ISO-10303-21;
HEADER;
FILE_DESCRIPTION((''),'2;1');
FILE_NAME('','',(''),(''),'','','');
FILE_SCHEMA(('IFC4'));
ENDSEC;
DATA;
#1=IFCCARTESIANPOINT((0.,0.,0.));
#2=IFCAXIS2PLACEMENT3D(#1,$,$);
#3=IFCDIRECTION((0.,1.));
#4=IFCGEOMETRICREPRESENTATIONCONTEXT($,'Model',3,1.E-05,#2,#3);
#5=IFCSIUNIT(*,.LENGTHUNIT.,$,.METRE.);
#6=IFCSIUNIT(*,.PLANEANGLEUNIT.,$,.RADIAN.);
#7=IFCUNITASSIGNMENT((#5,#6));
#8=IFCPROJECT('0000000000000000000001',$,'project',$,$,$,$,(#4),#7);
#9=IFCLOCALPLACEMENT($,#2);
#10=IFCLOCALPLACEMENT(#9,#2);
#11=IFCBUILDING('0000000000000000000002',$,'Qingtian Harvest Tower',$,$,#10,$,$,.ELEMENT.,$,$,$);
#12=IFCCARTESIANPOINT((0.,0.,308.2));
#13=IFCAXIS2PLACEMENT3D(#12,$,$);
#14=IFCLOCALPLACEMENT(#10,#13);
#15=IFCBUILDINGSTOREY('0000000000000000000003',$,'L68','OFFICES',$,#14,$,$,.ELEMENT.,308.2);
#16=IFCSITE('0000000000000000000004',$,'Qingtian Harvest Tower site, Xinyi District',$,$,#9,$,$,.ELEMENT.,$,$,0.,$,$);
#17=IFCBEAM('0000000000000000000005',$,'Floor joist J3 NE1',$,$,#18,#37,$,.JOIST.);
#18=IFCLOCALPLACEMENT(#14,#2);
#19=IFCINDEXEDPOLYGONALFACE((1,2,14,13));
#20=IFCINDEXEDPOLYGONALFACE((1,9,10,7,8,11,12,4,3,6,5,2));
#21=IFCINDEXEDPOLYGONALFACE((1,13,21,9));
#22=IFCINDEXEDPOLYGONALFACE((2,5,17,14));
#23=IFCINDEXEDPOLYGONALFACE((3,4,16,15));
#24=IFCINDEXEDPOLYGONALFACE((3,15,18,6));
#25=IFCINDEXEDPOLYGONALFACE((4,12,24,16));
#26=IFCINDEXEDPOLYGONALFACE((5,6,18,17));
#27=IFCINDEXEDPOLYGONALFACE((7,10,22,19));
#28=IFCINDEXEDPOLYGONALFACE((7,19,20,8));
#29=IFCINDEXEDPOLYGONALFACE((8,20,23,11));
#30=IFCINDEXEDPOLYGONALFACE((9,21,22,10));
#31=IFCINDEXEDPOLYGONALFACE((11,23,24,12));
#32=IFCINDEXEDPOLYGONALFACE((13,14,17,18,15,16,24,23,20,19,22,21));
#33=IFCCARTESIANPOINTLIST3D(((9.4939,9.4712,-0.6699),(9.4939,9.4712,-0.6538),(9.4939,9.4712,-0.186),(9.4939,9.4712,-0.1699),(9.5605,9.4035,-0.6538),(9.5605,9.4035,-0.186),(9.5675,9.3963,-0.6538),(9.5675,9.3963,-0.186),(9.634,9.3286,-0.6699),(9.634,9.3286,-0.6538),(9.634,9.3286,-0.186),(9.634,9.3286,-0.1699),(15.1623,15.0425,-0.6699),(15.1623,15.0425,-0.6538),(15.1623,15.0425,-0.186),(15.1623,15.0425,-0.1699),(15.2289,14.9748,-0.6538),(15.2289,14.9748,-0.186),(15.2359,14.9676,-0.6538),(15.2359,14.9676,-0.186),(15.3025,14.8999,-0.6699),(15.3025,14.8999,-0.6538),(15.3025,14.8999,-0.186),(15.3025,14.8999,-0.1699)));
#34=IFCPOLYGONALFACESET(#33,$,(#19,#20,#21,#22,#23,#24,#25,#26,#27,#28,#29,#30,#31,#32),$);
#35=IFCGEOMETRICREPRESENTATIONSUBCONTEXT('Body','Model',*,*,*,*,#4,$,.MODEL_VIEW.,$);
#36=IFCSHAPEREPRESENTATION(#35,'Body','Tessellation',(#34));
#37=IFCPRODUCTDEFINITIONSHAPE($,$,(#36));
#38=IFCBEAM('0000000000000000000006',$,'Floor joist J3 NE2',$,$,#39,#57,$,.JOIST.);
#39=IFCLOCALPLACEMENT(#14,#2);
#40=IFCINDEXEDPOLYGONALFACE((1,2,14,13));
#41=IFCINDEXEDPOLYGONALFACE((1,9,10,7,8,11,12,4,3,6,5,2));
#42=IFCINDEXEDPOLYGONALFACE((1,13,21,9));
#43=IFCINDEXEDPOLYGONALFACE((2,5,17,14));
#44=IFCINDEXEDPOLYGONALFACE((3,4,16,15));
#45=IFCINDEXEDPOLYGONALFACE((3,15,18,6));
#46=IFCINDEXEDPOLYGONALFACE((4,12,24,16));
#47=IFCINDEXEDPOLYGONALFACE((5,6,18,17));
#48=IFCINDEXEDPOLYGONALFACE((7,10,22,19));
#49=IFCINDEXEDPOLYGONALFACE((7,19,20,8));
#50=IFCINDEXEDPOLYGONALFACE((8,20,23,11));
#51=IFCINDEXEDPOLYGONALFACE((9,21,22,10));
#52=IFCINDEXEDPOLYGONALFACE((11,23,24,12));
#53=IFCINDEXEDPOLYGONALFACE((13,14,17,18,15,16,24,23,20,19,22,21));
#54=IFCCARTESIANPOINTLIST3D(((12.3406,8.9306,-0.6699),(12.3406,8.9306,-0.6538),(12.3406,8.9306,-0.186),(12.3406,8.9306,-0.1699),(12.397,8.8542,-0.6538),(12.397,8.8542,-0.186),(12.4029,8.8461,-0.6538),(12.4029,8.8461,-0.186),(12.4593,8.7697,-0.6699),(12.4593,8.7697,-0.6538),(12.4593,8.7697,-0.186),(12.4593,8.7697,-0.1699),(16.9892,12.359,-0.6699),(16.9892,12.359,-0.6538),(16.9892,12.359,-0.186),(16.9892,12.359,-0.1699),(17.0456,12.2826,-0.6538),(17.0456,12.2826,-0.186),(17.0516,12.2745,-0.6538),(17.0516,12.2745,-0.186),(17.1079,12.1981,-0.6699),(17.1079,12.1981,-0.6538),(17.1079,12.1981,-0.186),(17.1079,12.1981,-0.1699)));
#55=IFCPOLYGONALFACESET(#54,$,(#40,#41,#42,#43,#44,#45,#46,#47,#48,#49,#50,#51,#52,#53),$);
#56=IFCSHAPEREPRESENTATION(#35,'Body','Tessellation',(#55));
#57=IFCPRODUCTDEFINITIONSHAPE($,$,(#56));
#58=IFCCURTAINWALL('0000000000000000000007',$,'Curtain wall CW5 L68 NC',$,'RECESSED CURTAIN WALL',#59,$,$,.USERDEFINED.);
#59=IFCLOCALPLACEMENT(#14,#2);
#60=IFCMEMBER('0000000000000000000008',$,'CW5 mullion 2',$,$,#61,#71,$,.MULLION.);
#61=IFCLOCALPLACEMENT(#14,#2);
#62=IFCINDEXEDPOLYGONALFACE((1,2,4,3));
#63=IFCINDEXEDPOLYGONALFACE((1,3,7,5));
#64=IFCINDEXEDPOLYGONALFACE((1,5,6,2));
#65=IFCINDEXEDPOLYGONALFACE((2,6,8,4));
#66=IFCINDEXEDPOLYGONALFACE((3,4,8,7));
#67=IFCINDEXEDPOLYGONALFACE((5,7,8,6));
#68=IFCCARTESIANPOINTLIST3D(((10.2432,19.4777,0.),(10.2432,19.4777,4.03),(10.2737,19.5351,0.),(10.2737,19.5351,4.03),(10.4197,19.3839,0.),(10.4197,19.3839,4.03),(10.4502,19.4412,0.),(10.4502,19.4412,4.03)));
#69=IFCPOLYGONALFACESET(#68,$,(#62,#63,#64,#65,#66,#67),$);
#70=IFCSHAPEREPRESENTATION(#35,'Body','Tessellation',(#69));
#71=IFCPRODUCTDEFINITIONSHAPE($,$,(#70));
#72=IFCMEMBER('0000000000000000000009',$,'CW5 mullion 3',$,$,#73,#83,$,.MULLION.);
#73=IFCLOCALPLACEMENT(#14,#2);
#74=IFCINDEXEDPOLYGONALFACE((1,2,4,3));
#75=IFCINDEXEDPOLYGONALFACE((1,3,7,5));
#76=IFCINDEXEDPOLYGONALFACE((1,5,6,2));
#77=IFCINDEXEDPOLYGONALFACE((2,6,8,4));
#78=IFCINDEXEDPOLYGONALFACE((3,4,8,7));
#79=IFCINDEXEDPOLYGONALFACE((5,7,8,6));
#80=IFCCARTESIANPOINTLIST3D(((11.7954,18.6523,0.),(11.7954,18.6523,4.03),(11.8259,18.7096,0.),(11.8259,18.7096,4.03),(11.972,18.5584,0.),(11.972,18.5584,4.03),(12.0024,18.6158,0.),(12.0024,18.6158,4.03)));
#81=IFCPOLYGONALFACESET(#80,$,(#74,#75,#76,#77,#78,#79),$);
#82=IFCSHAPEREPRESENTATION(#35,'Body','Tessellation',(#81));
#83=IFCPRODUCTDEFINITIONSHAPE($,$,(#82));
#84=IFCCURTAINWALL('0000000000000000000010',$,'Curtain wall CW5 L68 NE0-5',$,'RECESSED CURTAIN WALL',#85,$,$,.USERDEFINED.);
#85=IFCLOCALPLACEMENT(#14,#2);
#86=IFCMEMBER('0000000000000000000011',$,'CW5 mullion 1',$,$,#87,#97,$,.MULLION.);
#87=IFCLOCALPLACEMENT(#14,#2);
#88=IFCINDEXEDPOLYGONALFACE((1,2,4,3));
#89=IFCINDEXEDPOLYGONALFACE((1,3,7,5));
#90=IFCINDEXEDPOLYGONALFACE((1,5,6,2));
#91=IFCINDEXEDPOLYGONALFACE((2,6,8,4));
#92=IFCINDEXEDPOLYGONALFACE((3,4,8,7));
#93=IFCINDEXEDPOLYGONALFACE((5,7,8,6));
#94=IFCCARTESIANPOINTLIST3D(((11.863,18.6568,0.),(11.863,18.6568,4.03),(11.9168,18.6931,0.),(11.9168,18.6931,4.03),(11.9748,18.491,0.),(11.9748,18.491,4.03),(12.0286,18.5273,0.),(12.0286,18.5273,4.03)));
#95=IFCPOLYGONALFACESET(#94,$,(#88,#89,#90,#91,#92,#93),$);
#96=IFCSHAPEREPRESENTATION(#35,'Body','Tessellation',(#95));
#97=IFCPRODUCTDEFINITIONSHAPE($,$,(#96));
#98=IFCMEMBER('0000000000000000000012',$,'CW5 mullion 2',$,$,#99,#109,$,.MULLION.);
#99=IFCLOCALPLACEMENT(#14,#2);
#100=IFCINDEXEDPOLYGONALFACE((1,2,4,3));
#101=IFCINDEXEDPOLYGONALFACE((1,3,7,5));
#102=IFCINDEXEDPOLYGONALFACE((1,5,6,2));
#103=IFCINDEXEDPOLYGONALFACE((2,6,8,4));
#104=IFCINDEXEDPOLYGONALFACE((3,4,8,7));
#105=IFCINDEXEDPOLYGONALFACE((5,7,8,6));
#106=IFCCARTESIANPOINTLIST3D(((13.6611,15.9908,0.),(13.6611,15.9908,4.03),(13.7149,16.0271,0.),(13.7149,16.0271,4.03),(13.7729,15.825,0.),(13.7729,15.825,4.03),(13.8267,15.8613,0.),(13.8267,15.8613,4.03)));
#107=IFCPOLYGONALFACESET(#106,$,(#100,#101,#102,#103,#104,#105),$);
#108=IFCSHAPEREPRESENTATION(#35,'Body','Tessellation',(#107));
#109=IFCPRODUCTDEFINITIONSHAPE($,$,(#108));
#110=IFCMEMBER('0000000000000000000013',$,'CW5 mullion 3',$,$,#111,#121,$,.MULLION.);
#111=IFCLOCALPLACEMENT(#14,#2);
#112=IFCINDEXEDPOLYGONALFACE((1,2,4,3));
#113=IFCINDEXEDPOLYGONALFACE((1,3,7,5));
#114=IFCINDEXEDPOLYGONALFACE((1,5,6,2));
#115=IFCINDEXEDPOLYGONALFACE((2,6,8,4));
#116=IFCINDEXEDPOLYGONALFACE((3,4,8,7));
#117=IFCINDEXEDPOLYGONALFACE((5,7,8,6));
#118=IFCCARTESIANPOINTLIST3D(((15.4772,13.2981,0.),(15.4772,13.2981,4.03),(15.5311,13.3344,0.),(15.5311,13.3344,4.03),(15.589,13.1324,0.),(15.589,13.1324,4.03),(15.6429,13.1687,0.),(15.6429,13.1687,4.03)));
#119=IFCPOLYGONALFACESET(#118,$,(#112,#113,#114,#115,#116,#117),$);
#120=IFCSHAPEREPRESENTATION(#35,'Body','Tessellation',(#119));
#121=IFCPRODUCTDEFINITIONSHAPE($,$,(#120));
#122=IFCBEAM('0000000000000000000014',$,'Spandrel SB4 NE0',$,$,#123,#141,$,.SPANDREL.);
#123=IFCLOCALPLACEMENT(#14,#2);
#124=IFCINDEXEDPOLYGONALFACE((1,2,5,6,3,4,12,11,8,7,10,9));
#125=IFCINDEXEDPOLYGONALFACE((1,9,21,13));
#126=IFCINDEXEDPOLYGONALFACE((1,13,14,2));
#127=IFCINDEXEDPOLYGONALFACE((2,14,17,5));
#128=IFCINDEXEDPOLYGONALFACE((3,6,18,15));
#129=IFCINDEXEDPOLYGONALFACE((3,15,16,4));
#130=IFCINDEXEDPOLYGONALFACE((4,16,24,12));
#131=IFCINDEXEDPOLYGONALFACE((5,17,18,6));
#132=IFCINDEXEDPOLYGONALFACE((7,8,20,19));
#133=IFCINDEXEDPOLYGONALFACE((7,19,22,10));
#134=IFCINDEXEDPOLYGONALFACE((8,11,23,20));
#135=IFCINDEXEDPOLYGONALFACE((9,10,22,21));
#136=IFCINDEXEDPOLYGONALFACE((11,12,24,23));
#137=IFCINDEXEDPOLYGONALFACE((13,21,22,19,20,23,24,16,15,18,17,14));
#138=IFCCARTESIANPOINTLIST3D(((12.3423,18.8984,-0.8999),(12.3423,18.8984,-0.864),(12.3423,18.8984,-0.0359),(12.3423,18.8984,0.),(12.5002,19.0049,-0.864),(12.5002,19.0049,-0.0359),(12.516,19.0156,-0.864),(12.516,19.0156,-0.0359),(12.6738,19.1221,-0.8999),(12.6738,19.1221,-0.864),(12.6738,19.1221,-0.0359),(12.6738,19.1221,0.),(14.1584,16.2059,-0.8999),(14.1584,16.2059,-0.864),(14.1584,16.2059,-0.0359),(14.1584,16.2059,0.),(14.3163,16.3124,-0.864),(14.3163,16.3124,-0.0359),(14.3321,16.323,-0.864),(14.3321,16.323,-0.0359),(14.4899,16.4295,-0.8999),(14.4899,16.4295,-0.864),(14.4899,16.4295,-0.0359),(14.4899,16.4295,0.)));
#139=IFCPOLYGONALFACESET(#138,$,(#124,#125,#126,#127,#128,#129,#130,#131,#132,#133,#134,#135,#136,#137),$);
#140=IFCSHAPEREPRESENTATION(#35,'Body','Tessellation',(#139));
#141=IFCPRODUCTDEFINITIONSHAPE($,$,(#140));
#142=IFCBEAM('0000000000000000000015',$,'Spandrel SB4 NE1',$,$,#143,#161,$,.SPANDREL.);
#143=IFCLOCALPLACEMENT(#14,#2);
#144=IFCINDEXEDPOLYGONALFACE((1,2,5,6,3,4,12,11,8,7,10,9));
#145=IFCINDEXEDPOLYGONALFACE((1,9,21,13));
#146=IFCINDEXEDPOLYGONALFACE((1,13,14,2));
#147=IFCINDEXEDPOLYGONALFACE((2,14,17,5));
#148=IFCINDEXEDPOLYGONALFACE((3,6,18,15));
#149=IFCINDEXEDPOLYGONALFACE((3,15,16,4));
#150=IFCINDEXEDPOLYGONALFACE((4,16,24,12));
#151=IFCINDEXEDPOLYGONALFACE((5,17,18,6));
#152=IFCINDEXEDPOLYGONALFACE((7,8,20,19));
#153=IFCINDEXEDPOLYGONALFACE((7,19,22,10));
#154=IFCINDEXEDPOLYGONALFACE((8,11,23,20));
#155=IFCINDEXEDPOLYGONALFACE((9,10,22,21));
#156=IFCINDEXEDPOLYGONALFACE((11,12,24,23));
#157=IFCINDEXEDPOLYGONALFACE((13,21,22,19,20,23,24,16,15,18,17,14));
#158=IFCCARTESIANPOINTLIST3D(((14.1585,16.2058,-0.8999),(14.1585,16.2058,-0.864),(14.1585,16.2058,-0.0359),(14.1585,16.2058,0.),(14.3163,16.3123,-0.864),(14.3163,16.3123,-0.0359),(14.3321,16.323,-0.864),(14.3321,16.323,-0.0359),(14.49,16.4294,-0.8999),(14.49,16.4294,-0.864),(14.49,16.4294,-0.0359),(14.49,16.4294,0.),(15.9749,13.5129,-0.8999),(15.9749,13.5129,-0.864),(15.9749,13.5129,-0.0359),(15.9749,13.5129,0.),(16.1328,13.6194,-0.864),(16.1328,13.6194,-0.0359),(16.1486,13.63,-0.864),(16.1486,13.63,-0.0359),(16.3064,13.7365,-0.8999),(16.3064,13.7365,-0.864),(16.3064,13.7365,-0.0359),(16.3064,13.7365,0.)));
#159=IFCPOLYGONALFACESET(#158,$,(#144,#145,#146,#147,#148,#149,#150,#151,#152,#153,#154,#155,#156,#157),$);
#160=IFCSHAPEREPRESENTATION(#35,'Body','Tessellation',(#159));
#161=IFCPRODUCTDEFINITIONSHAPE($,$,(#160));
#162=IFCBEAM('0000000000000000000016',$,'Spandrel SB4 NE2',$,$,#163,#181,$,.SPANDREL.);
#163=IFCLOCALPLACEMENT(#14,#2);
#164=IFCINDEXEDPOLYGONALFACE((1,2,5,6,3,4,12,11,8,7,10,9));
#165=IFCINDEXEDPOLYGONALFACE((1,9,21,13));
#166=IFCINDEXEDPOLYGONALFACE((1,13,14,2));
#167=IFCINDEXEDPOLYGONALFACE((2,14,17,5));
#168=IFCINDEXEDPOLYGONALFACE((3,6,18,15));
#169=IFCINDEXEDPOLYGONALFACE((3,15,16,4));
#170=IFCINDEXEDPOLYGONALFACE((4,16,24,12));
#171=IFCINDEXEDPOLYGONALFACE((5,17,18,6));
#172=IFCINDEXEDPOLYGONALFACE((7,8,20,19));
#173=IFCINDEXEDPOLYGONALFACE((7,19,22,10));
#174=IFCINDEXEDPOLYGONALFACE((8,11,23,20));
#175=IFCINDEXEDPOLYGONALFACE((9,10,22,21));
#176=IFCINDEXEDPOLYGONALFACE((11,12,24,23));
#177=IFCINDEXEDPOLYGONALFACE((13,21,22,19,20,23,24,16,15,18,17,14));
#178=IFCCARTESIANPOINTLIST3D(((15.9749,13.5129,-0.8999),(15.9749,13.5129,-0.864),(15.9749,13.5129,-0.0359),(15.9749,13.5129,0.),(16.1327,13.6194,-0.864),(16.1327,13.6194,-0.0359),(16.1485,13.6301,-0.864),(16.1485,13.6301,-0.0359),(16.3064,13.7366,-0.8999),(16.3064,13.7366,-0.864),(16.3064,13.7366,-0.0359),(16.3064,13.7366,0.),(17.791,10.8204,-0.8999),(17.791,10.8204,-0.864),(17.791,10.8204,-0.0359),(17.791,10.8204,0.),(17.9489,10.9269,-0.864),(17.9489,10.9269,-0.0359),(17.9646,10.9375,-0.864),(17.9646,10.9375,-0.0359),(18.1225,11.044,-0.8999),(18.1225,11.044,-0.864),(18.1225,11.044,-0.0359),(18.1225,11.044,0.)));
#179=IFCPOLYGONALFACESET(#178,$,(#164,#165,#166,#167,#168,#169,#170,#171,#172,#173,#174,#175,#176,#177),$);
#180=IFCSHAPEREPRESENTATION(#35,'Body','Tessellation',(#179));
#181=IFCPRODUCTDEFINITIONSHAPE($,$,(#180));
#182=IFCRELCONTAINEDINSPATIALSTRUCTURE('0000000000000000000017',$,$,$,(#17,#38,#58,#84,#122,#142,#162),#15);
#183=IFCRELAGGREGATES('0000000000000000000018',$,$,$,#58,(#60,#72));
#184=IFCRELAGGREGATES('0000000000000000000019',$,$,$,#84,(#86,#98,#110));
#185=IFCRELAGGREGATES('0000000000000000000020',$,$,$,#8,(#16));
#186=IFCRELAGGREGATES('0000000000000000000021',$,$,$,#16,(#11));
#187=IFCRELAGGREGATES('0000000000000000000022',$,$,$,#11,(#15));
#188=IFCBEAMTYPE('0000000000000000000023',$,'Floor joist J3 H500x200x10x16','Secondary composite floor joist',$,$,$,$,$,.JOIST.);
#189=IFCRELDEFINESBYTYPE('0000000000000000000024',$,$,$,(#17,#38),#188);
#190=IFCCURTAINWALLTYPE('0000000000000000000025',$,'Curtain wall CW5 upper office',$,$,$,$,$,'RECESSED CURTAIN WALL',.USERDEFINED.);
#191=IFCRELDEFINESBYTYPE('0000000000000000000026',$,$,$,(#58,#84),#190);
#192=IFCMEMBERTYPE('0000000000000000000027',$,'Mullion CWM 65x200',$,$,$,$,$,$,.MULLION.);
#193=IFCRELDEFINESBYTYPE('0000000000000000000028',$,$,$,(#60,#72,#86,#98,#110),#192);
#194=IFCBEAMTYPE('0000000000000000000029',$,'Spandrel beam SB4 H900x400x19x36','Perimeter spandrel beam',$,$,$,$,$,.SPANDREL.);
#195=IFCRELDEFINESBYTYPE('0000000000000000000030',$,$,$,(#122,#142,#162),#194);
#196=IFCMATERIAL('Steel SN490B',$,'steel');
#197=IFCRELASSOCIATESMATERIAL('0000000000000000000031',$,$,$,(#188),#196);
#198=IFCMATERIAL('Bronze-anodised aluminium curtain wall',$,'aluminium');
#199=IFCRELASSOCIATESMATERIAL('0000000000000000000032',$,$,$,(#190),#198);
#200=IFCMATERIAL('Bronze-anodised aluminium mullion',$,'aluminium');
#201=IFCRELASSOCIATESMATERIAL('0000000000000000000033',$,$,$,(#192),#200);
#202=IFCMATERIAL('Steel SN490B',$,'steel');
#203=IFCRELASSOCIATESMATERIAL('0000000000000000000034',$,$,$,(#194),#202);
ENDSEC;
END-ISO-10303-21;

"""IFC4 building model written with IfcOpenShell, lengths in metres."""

from ifc_helpers import new_model, si_unit, direction, frame, origin, origin_2d, place, context, subcontext, project, spatial, rectangle, i_section, extrude, material, material_profile, profile_set, type_object, element, aggregate, save


model = new_model("IFC4")

# Units and contexts
model_context = context("Model", 3, precision=1e-05, world=origin(), true_north=direction((0.0, 1.0)))
body_context = subcontext(model_context, "Body", "Model", "MODEL_VIEW")
ifc_project = project(units=[si_unit("LENGTHUNIT", "METRE"), si_unit("PLANEANGLEUNIT", "RADIAN")], contexts=[model_context])

# Site, building, storey
site_placement = place(None, origin())
site = spatial("IfcSite", under=ifc_project, at=site_placement, Name="Qingtian Harvest Tower site, Xinyi District", CompositionType="ELEMENT", RefElevation=0.0)
building_placement = place(site_placement, origin())
building = spatial("IfcBuilding", under=site, at=building_placement, Name="Qingtian Harvest Tower", CompositionType="ELEMENT")
storey_placement = place(building_placement, frame((0.0, 0.0, 308.2)))
storey = spatial("IfcBuildingStorey", under=building, at=storey_placement, Name="L68", Description="OFFICES", CompositionType="ELEMENT", Elevation=308.2)

# Beams
ifc_material_1 = material(Name="Steel SN490B", Category="steel")
ifc_material_profile_1 = material_profile(ifc_material_1, i_section(OverallWidth=0.2, OverallDepth=0.5, WebThickness=0.01, FlangeThickness=0.0161, at=origin_2d()), Name="H500x200x10x16")
ifc_profile_set_1 = profile_set([ifc_material_profile_1], Name="Steel SN490B")
beam_type_1 = type_object("IfcBeamType", Name="Floor joist J3 H500x200x10x16", Description="Secondary composite floor joist", PredefinedType="JOIST", material=ifc_profile_set_1)
beam_1_placement = place(storey_placement, frame((15.2324, 14.9712, -0.4199), z_axis=(-0.713193, -0.700968, 0.0), x_axis=(0.700968, -0.713193, 0.0)))
element("IfcBeam", 1, at=beam_1_placement, inside=storey, type_object=beam_type_1, Name="Floor joist J3 NE1", PredefinedType="JOIST", context=body_context, shape_type="SweptSolid", body=[
    extrude(i_section(OverallWidth=0.2, OverallDepth=0.5, WebThickness=0.01, FlangeThickness=0.0161, at=origin_2d()), origin(), (0.0, 0.0, 1.0), 7.948),
])
beam_2_placement = place(storey_placement, frame((17.0486, 12.2786, -0.4199), z_axis=(-0.804798, -0.593549, 0.0), x_axis=(0.593549, -0.804798, 0.0)))
element("IfcBeam", 2, at=beam_2_placement, inside=storey, type_object=beam_type_1, Name="Floor joist J3 NE2", PredefinedType="JOIST", context=body_context, shape_type="SweptSolid", body=[
    extrude(i_section(OverallWidth=0.2, OverallDepth=0.5, WebThickness=0.01, FlangeThickness=0.0161, at=origin_2d()), origin(), (0.0, 0.0, 1.0), 5.7761),
])

# Curtain walls, members
ifc_material_2 = material(Name="Bronze-anodised aluminium curtain wall", Category="aluminium")
curtain_wall_type = type_object("IfcCurtainWallType", Name="Curtain wall CW5 upper office", ElementType="RECESSED CURTAIN WALL", PredefinedType="USERDEFINED", material=ifc_material_2)
curtain_wall_1_placement = place(storey_placement, origin())
curtain_wall_1 = element("IfcCurtainWall", 3, at=curtain_wall_1_placement, inside=storey, type_object=curtain_wall_type, Name="Curtain wall CW5 L68 NC", ObjectType="RECESSED CURTAIN WALL", PredefinedType="USERDEFINED")
ifc_material_3 = material(Name="Bronze-anodised aluminium mullion", Category="aluminium")
ifc_material_profile_2 = material_profile(ifc_material_3, rectangle(XDim=0.0649, YDim=0.2, at=origin_2d()), Name="AL 65x200")
ifc_profile_set_2 = profile_set([ifc_material_profile_2], Name="Bronze-anodised aluminium mullion")
member_type_1 = type_object("IfcMemberType", Name="Mullion CWM 65x200", PredefinedType="MULLION", material=ifc_profile_set_2)
member_1_placement = place(storey_placement, frame((10.3467, 19.4595, 0.0), z_axis=(0.0, 0.0, 1.0), x_axis=(0.469472, 0.882948, 0.0)))
member_1 = element("IfcMember", 4, at=member_1_placement, type_object=member_type_1, Name="CW5 mullion 2", PredefinedType="MULLION", context=body_context, shape_type="SweptSolid", body=[
    extrude(rectangle(XDim=0.0649, YDim=0.2, at=origin_2d()), origin(), (0.0, 0.0, 1.0), 4.03),
])
member_2_placement = place(storey_placement, frame((11.8989, 18.634, 0.0), z_axis=(0.0, 0.0, 1.0), x_axis=(0.469472, 0.882948, 0.0)))
member_2 = element("IfcMember", 5, at=member_2_placement, type_object=member_type_1, Name="CW5 mullion 3", PredefinedType="MULLION", context=body_context, shape_type="SweptSolid", body=[
    extrude(rectangle(XDim=0.0649, YDim=0.2, at=origin_2d()), origin(), (0.0, 0.0, 1.0), 4.03),
])
curtain_wall_2_placement = place(storey_placement, origin())
curtain_wall_2 = element("IfcCurtainWall", 6, at=curtain_wall_2_placement, inside=storey, type_object=curtain_wall_type, Name="Curtain wall CW5 L68 NE0-5", ObjectType="RECESSED CURTAIN WALL", PredefinedType="USERDEFINED")
member_3_placement = place(storey_placement, frame((11.9458, 18.592, 0.0), z_axis=(0.0, 0.0, 1.0), x_axis=(0.829038, 0.559193, 0.0)))
member_3 = element("IfcMember", 7, at=member_3_placement, type_object=member_type_1, Name="CW5 mullion 1", PredefinedType="MULLION", context=body_context, shape_type="SweptSolid", body=[
    extrude(rectangle(XDim=0.0649, YDim=0.2, at=origin_2d()), origin(), (0.0, 0.0, 1.0), 4.03),
])
member_4_placement = place(storey_placement, frame((13.7439, 15.926, 0.0), z_axis=(0.0, 0.0, 1.0), x_axis=(0.829038, 0.559193, 0.0)))
member_4 = element("IfcMember", 8, at=member_4_placement, type_object=member_type_1, Name="CW5 mullion 2", PredefinedType="MULLION", context=body_context, shape_type="SweptSolid", body=[
    extrude(rectangle(XDim=0.0649, YDim=0.2, at=origin_2d()), origin(), (0.0, 0.0, 1.0), 4.03),
])
member_5_placement = place(storey_placement, frame((15.5601, 13.2334, 0.0), z_axis=(0.0, 0.0, 1.0), x_axis=(0.829038, 0.559193, 0.0)))
member_5 = element("IfcMember", 9, at=member_5_placement, type_object=member_type_1, Name="CW5 mullion 3", PredefinedType="MULLION", context=body_context, shape_type="SweptSolid", body=[
    extrude(rectangle(XDim=0.0649, YDim=0.2, at=origin_2d()), origin(), (0.0, 0.0, 1.0), 4.03),
])

# Beams
ifc_material_4 = material(Name="Steel SN490B", Category="steel")
ifc_material_profile_3 = material_profile(ifc_material_4, i_section(OverallWidth=0.3999, OverallDepth=0.8999, WebThickness=0.019, FlangeThickness=0.0359, at=origin_2d()), Name="H900x400x19x36")
ifc_profile_set_3 = profile_set([ifc_material_profile_3], Name="Steel SN490B")
beam_type_2 = type_object("IfcBeamType", Name="Spandrel beam SB4 H900x400x19x36", Description="Perimeter spandrel beam", PredefinedType="SPANDREL", material=ifc_profile_set_3)
beam_3_placement = place(storey_placement, frame((12.5081, 19.0103, -0.45), z_axis=(0.559185, -0.829043, 0.0), x_axis=(0.829043, 0.559185, 0.0)))
element("IfcBeam", 10, at=beam_3_placement, inside=storey, type_object=beam_type_2, Name="Spandrel SB4 NE0", PredefinedType="SPANDREL", context=body_context, shape_type="SweptSolid", body=[
    extrude(i_section(OverallWidth=0.3999, OverallDepth=0.8999, WebThickness=0.019, FlangeThickness=0.0359, at=origin_2d()), origin(), (0.0, 0.0, 1.0), 3.2478),
])
beam_4_placement = place(storey_placement, frame((14.3242, 16.3176, -0.45), z_axis=(0.559202, -0.829032, 0.0), x_axis=(0.829032, 0.559202, 0.0)))
element("IfcBeam", 11, at=beam_4_placement, inside=storey, type_object=beam_type_2, Name="Spandrel SB4 NE1", PredefinedType="SPANDREL", context=body_context, shape_type="SweptSolid", body=[
    extrude(i_section(OverallWidth=0.3999, OverallDepth=0.8999, WebThickness=0.019, FlangeThickness=0.0359, at=origin_2d()), origin(), (0.0, 0.0, 1.0), 3.2483),
])
beam_5_placement = place(storey_placement, frame((16.1406, 13.6248, -0.45), z_axis=(0.559185, -0.829043, 0.0), x_axis=(0.829043, 0.559185, 0.0)))
element("IfcBeam", 12, at=beam_5_placement, inside=storey, type_object=beam_type_2, Name="Spandrel SB4 NE2", PredefinedType="SPANDREL", context=body_context, shape_type="SweptSolid", body=[
    extrude(i_section(OverallWidth=0.3999, OverallDepth=0.8999, WebThickness=0.019, FlangeThickness=0.0359, at=origin_2d()), origin(), (0.0, 0.0, 1.0), 3.2478),
])

aggregate(curtain_wall_1, [member_1, member_2])
aggregate(curtain_wall_2, [member_3, member_4, member_5])

save(model, "model.ifc")
